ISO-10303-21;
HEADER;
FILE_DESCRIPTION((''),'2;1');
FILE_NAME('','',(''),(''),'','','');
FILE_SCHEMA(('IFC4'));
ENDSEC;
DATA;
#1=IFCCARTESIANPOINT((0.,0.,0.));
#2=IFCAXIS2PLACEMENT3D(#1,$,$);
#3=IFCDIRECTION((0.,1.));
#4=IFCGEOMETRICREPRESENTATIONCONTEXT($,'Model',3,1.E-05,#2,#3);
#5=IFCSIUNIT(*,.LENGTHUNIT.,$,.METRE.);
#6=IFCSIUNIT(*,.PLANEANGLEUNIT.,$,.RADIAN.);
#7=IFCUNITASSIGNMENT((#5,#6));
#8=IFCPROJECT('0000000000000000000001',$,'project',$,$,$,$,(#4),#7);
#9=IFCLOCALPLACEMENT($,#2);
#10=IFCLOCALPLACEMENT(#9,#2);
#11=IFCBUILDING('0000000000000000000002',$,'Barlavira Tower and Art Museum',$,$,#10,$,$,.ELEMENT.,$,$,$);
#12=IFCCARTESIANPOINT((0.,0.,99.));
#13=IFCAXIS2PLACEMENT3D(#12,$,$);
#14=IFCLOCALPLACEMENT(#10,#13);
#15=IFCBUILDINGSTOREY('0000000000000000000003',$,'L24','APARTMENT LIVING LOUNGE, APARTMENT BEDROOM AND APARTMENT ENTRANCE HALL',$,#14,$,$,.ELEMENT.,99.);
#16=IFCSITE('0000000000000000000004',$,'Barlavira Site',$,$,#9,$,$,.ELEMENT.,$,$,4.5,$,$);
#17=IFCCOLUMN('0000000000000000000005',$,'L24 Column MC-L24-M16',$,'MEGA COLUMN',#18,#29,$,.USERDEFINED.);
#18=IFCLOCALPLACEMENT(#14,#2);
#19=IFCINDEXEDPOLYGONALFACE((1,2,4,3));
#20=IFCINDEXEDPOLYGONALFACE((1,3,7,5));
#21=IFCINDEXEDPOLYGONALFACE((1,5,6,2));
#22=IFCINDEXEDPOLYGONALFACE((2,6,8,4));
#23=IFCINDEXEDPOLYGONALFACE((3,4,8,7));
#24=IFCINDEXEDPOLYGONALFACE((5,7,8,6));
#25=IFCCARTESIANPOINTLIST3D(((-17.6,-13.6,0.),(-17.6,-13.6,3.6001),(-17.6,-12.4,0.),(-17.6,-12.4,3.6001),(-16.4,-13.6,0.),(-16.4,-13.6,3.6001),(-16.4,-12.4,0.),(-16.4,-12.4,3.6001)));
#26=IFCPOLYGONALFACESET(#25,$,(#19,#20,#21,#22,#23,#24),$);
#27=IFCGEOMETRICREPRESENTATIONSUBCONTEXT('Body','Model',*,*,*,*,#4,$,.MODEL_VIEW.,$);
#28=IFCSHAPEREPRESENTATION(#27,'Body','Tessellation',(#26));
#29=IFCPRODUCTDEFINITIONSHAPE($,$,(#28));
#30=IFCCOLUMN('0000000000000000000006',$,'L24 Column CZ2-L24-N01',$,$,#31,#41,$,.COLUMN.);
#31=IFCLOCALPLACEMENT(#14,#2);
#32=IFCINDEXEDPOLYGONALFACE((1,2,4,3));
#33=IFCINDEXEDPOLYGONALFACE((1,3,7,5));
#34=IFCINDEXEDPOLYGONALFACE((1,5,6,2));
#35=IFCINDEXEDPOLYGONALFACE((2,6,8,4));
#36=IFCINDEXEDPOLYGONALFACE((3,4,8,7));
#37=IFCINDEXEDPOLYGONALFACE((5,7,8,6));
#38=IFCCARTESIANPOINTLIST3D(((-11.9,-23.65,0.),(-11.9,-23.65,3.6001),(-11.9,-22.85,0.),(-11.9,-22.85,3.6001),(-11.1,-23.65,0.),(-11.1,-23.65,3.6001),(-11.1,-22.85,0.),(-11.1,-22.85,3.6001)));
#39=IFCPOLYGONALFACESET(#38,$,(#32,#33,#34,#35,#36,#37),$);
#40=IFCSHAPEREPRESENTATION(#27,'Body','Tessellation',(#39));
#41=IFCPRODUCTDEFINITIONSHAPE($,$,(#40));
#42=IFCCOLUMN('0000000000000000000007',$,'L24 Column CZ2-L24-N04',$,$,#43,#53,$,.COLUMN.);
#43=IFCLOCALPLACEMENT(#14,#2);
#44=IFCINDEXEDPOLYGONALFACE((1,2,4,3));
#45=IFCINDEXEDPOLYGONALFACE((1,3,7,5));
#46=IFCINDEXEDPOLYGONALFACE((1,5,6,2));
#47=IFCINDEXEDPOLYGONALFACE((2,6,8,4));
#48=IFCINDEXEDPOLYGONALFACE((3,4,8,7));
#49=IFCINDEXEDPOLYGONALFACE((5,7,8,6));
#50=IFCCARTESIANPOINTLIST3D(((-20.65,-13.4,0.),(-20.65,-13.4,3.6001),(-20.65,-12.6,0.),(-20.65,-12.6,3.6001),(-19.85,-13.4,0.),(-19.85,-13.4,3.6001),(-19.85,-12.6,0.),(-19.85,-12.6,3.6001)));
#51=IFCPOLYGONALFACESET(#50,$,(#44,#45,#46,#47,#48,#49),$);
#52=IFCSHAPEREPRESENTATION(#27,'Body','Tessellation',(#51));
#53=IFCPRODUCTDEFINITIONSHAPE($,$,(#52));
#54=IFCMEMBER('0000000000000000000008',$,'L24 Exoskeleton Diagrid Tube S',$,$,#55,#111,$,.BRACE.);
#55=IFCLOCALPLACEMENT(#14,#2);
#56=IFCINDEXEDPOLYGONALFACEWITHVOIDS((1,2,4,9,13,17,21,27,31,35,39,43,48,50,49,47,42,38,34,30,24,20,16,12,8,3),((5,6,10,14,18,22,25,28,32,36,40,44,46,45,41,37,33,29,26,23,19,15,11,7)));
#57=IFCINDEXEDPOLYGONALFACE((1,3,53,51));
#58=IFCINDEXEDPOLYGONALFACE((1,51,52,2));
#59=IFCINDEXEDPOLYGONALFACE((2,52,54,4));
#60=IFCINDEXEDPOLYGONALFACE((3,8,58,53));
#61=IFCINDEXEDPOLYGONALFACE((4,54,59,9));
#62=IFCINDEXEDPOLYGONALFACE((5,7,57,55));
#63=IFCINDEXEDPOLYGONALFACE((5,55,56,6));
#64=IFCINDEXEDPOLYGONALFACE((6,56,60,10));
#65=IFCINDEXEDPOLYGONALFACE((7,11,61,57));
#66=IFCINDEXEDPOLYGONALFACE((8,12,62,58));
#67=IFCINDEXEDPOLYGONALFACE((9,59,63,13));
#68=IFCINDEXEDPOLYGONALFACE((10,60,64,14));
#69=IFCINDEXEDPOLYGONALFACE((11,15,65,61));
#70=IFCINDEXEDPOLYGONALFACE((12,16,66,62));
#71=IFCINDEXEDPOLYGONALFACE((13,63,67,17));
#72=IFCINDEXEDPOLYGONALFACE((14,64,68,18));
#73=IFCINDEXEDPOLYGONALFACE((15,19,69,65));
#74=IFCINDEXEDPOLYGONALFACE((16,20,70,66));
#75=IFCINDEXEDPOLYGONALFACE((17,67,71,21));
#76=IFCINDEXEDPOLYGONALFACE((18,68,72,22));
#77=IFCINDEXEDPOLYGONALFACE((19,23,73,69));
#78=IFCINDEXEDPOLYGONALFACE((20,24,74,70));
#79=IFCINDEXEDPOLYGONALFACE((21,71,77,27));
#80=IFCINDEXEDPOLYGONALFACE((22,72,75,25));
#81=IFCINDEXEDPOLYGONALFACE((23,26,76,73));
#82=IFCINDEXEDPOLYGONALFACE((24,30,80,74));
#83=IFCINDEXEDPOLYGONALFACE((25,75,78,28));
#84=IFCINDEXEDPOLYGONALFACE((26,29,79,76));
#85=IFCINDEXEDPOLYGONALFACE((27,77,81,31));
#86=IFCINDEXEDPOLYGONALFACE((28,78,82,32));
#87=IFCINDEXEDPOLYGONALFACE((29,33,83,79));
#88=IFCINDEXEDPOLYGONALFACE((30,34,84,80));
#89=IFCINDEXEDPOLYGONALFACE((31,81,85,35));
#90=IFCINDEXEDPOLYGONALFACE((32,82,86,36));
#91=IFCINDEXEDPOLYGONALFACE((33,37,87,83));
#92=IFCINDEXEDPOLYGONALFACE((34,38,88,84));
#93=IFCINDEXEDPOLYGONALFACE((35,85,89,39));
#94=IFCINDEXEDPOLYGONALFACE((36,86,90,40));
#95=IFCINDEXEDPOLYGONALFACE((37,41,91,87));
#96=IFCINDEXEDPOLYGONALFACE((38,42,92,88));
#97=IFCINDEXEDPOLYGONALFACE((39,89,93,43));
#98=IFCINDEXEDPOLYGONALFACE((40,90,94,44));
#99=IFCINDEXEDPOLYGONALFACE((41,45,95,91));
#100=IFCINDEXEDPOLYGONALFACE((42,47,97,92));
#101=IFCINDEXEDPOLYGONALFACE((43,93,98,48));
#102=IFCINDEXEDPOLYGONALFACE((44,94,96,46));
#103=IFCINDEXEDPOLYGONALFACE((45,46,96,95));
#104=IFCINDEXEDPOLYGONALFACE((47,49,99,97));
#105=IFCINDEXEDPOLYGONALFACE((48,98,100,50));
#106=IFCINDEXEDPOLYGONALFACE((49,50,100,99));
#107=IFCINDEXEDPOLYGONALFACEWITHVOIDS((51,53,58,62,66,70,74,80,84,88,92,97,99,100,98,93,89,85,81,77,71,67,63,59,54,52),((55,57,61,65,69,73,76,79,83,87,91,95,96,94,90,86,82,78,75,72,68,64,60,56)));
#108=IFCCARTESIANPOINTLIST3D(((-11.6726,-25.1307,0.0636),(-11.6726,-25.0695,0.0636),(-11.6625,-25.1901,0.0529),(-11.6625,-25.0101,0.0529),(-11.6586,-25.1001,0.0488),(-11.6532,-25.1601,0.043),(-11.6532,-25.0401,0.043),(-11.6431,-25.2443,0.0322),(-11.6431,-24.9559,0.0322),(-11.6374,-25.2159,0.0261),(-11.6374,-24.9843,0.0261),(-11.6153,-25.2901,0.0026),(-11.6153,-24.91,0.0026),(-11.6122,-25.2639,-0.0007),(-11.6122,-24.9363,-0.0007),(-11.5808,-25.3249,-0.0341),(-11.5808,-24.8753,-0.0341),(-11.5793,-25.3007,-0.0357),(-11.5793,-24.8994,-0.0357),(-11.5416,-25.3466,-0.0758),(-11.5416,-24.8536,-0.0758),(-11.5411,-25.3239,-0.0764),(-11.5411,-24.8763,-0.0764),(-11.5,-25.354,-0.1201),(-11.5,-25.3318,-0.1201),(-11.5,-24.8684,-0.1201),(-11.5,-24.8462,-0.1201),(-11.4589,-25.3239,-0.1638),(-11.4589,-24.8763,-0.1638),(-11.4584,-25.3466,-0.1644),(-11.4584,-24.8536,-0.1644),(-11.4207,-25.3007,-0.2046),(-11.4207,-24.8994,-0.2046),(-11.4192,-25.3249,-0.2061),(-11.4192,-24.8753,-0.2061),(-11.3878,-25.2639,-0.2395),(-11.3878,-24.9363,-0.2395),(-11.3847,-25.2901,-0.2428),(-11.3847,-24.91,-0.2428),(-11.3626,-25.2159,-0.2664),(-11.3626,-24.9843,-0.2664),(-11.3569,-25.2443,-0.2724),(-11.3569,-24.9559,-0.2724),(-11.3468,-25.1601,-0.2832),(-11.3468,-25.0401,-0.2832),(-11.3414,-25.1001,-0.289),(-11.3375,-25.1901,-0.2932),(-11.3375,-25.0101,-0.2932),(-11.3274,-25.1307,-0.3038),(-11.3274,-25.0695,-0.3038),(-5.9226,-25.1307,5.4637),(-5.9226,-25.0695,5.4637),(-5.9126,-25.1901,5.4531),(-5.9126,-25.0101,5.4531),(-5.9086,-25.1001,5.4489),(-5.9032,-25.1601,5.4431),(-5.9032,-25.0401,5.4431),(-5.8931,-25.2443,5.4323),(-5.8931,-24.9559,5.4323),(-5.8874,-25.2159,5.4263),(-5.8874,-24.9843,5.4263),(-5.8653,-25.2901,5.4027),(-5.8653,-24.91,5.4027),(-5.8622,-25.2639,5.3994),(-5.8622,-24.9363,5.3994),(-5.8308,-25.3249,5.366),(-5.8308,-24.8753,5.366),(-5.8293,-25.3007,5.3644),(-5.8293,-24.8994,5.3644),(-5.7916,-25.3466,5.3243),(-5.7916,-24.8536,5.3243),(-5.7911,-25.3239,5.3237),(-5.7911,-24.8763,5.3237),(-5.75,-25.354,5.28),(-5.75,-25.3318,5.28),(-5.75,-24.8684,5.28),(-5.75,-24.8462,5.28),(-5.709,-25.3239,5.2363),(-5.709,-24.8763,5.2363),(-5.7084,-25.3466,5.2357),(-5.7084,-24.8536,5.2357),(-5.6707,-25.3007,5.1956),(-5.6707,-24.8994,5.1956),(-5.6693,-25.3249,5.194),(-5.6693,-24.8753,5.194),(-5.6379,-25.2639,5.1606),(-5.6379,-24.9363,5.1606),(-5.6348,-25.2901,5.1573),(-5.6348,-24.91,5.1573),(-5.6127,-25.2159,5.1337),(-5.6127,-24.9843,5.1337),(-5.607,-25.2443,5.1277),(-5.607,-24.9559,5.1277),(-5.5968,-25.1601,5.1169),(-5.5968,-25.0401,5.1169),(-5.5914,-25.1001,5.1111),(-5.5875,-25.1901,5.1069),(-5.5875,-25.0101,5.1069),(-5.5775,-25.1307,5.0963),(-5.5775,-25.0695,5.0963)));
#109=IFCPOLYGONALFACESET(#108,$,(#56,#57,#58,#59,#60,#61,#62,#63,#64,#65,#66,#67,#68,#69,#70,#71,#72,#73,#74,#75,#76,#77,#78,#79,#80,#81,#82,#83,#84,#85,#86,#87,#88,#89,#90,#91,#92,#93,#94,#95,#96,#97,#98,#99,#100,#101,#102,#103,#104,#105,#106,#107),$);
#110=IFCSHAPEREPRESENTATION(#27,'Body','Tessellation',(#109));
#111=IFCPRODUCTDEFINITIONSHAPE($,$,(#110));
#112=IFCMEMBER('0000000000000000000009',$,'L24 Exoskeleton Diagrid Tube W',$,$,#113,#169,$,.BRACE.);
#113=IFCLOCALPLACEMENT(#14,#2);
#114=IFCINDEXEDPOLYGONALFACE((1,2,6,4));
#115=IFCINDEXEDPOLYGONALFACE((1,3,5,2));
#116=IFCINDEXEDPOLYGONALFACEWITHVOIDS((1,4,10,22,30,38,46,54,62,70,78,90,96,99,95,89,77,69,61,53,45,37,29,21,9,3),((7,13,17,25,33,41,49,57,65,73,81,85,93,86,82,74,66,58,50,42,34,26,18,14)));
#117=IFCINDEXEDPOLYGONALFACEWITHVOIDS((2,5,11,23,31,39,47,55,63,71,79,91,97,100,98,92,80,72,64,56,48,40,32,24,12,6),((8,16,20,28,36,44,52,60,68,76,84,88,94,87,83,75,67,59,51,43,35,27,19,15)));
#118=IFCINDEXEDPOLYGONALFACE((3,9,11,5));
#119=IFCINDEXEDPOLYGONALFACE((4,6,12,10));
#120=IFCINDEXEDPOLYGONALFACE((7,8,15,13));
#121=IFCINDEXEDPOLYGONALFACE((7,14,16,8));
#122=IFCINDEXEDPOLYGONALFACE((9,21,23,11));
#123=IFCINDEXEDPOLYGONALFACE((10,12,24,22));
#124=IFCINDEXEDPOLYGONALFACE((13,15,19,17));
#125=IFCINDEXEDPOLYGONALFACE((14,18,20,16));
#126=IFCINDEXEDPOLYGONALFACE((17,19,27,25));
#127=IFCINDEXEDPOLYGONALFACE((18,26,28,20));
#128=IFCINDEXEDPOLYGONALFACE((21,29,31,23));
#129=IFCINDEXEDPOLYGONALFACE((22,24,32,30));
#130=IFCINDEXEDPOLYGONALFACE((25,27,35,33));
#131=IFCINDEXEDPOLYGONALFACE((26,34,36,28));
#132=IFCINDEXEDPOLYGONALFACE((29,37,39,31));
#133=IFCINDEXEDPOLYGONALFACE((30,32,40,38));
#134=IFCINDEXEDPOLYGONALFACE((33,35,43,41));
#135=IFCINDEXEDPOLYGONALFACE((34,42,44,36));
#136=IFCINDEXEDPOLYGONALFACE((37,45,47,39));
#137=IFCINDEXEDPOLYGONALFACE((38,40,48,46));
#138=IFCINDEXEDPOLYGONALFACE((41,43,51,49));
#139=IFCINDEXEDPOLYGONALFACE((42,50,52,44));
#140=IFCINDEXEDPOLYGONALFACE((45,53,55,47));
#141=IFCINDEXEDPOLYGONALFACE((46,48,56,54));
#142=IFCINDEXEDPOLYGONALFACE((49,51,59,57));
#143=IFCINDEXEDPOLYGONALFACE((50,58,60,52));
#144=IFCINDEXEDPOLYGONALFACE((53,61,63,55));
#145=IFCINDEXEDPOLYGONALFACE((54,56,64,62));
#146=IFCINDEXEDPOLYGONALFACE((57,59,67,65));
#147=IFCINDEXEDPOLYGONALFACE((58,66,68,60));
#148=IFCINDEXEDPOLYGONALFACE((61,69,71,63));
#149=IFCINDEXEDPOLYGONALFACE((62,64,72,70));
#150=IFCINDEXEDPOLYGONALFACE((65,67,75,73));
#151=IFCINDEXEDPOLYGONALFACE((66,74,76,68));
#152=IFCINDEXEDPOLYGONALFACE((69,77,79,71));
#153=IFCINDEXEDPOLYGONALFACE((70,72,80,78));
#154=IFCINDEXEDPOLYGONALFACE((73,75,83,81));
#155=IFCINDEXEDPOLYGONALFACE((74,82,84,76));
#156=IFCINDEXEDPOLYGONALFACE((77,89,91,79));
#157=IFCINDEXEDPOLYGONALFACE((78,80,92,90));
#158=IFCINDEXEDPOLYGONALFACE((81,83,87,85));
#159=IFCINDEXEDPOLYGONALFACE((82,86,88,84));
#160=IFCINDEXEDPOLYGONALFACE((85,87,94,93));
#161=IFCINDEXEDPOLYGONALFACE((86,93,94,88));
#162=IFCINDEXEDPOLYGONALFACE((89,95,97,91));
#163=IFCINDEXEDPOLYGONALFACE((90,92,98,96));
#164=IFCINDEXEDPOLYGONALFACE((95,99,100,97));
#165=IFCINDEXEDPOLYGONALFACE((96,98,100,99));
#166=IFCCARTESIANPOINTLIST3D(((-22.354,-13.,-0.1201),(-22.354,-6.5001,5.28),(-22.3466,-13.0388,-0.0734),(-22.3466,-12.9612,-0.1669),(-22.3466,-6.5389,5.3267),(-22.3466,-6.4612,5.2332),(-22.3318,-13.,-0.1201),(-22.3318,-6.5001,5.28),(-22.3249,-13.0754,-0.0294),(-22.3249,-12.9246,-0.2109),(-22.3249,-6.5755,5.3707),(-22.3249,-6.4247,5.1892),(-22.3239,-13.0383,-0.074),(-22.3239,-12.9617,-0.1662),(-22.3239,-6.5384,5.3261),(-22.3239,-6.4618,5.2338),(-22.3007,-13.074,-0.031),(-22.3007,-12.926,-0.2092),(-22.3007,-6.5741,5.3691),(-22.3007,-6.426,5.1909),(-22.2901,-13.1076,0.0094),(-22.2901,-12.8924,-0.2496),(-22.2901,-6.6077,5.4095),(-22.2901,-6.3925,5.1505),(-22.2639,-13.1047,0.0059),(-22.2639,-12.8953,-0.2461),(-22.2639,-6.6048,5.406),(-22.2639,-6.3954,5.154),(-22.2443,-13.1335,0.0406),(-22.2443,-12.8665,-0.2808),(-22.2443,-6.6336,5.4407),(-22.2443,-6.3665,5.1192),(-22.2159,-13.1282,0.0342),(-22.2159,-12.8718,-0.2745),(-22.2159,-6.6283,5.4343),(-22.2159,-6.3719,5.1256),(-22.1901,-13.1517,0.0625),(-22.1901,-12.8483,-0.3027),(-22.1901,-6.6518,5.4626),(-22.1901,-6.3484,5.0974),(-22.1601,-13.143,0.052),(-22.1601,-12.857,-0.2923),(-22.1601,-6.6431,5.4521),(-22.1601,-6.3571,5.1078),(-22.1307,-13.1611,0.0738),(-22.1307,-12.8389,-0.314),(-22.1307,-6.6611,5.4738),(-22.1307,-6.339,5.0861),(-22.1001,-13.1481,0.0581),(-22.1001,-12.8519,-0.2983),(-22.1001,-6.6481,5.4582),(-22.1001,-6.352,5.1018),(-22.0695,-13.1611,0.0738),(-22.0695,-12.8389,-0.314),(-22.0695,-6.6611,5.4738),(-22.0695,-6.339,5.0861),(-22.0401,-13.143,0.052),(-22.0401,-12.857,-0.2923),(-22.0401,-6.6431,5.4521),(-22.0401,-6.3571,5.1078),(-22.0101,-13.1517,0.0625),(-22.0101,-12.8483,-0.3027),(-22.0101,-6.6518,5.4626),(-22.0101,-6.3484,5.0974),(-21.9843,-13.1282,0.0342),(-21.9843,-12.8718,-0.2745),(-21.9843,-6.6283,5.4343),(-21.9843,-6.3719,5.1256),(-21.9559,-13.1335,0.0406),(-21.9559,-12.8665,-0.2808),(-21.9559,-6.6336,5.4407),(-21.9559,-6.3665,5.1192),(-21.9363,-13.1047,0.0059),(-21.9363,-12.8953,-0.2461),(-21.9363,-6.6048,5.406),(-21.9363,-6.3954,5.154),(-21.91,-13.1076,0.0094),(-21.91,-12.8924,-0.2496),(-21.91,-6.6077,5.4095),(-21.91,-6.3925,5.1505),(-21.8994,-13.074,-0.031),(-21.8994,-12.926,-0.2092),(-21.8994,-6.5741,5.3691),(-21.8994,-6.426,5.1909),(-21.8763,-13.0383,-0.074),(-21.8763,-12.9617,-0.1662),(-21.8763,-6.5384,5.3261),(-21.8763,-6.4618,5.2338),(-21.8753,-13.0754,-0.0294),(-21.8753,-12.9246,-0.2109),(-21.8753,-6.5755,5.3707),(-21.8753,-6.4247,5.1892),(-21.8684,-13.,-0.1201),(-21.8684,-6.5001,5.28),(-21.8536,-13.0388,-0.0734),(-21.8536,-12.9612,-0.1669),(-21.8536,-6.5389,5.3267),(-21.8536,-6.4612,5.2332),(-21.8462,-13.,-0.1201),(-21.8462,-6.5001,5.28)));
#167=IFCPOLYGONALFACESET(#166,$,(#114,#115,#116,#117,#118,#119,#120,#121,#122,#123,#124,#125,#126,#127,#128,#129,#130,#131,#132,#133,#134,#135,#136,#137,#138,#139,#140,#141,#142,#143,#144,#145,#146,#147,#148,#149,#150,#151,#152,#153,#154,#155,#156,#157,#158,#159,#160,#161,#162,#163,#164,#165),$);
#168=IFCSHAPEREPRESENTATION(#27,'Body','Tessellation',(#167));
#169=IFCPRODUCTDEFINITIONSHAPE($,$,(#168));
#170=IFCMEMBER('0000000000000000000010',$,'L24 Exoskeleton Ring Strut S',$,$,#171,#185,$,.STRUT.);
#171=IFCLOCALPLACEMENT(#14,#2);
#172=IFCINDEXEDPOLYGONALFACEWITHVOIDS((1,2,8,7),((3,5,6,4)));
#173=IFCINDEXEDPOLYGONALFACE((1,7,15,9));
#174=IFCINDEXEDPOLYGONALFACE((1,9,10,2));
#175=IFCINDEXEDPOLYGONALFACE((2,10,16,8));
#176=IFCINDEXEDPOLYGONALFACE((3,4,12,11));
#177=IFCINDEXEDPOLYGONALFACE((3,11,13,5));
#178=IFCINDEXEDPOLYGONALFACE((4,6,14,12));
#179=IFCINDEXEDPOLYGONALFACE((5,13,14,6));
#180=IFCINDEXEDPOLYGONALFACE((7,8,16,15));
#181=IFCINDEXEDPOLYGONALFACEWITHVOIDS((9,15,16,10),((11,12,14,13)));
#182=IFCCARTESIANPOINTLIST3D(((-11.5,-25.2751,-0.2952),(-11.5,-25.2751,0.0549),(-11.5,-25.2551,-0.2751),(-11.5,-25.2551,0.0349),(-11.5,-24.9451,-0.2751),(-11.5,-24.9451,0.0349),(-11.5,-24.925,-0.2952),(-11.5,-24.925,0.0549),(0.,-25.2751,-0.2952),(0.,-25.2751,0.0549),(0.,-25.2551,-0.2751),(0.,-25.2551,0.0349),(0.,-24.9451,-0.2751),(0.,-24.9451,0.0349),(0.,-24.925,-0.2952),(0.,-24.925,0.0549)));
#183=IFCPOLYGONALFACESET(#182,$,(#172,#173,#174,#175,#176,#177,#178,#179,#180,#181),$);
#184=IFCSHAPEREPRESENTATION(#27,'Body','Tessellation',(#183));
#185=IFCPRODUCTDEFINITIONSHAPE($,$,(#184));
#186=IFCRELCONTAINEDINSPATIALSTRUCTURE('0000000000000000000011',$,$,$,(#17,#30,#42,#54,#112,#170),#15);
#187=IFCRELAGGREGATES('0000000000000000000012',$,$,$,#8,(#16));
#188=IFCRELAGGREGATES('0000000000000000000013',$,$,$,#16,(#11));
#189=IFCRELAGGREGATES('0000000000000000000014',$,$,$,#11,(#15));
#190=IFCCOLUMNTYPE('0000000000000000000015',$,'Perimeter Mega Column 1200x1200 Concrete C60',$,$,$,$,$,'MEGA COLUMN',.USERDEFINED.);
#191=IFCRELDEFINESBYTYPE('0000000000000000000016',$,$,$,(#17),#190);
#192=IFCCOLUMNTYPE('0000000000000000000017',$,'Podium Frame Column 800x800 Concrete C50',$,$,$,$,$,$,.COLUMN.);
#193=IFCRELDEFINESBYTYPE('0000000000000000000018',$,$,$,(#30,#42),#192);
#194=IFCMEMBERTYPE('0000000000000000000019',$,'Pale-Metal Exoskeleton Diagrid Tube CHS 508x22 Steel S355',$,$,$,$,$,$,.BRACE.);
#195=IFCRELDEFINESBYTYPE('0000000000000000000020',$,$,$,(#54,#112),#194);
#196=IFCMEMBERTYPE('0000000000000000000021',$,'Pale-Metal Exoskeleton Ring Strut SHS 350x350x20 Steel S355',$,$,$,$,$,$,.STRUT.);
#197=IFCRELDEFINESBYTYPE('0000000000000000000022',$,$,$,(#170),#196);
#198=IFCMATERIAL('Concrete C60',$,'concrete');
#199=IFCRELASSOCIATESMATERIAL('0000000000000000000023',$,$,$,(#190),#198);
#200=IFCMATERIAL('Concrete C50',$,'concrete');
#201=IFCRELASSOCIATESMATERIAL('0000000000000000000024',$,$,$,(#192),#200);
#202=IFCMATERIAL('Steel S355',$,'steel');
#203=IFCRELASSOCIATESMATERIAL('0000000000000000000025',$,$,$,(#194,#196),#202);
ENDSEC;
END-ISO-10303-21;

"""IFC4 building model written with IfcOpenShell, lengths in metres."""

from ifc_helpers import new_model, si_unit, direction, frame, origin, origin_2d, place, context, subcontext, project, spatial, rectangle, hollow_rectangle, hollow_circle, extrude, material, material_profile, profile_set, type_object, element, save


model = new_model("IFC4")

# Units and contexts
model_context = context("Model", 3, precision=1e-05, world=origin(), true_north=direction((0.0, 1.0)))
body_context = subcontext(model_context, "Body", "Model", "MODEL_VIEW")
ifc_project = project(units=[si_unit("LENGTHUNIT", "METRE"), si_unit("PLANEANGLEUNIT", "RADIAN")], contexts=[model_context])

# Site, building, storey
site_placement = place(None, origin())
site = spatial("IfcSite", under=ifc_project, at=site_placement, Name="Barlavira Site", CompositionType="ELEMENT", RefElevation=4.5)
building_placement = place(site_placement, origin())
building = spatial("IfcBuilding", under=site, at=building_placement, Name="Barlavira Tower and Art Museum", CompositionType="ELEMENT")
storey_placement = place(building_placement, frame((0.0, 0.0, 99.0)))
storey = spatial("IfcBuildingStorey", under=building, at=storey_placement, Name="L24", Description="APARTMENT LIVING LOUNGE, APARTMENT BEDROOM AND APARTMENT ENTRANCE HALL", CompositionType="ELEMENT", Elevation=99.0)

# Columns
ifc_material_1 = material(Name="Concrete C60", Category="concrete")
ifc_material_profile_1 = material_profile(ifc_material_1, rectangle(XDim=1.2, YDim=1.2, at=origin_2d()), Name="RC-COL 1200x1200")
ifc_profile_set_1 = profile_set([ifc_material_profile_1], Name="Concrete C60")
column_type_1 = type_object("IfcColumnType", Name="Perimeter Mega Column 1200x1200 Concrete C60", ElementType="MEGA COLUMN", PredefinedType="USERDEFINED", material=ifc_profile_set_1)
column_placement = place(storey_placement, frame((-17.0, -13.0, 0.0), z_axis=(0.0, 0.0, 1.0), x_axis=(1.0, 0.0, 0.0)))
element("IfcColumn", 1, at=column_placement, inside=storey, type_object=column_type_1, Name="L24 Column MC-L24-M16", ObjectType="MEGA COLUMN", PredefinedType="USERDEFINED", context=body_context, shape_type="SweptSolid", body=[
    extrude(rectangle(XDim=1.2, YDim=1.2, at=origin_2d()), origin(), (0.0, 0.0, 1.0), 3.6001),
])
ifc_material_2 = material(Name="Concrete C50", Category="concrete")
ifc_material_profile_2 = material_profile(ifc_material_2, rectangle(XDim=0.8, YDim=0.8, at=origin_2d()), Name="RC-COL 800x800")
ifc_profile_set_2 = profile_set([ifc_material_profile_2], Name="Concrete C50")
column_type_2 = type_object("IfcColumnType", Name="Podium Frame Column 800x800 Concrete C50", PredefinedType="COLUMN", material=ifc_profile_set_2)
for number, where, z_axis, x_axis, name in (
    (2, (-11.5, -23.25, 0.0), (0.0, 0.0, 1.0), (1.0, 0.0, 0.0), "L24 Column CZ2-L24-N01"),
    (3, (-20.25, -13.0, 0.0), (0.0, 0.0, 1.0), (1.0, 0.0, 0.0), "L24 Column CZ2-L24-N04"),
):
    element("IfcColumn", number, at=place(storey_placement, frame(where, z_axis=z_axis, x_axis=x_axis)), inside=storey, type_object=column_type_2, Name=name, PredefinedType="COLUMN", context=body_context, shape_type="SweptSolid", body=[
        extrude(rectangle(XDim=0.8, YDim=0.8, at=origin_2d()), origin(), (0.0, 0.0, 1.0), 3.6001),
    ])

# Members
ifc_material_3 = material(Name="Steel S355", Category="steel")
ifc_material_profile_3 = material_profile(ifc_material_3, hollow_circle(Radius=0.2539, WallThickness=0.0222, at=origin_2d()), Name="CHS 508.0x22.2")
ifc_profile_set_3 = profile_set([ifc_material_profile_3], Name="Steel S355")
member_type_1 = type_object("IfcMemberType", Name="Pale-Metal Exoskeleton Diagrid Tube CHS 508x22 Steel S355", PredefinedType="BRACE", material=ifc_profile_set_3)
member_1_placement = place(storey_placement, frame((-11.5, -25.1001, -0.1201), z_axis=(0.728935, 0.0, 0.684583), x_axis=(0.0, 1.0, 0.0)))
element("IfcMember", 4, at=member_1_placement, inside=storey, type_object=member_type_1, Name="L24 Exoskeleton Diagrid Tube S", PredefinedType="BRACE", context=body_context, shape_type="SweptSolid", body=[
    extrude(hollow_circle(Radius=0.2539, WallThickness=0.0222, at=origin_2d()), origin(), (0.0, 0.0, 1.0), 7.8882),
])
member_2_placement = place(storey_placement, frame((-22.1001, -13.0, -0.1201), z_axis=(0.0, 0.769182, 0.63903), x_axis=(-1.0, 0.0, 0.0)))
element("IfcMember", 5, at=member_2_placement, inside=storey, type_object=member_type_1, Name="L24 Exoskeleton Diagrid Tube W", PredefinedType="BRACE", context=body_context, shape_type="SweptSolid", body=[
    extrude(hollow_circle(Radius=0.2539, WallThickness=0.0222, at=origin_2d()), origin(), (0.0, 0.0, 1.0), 8.4504),
])
ifc_material_profile_4 = material_profile(ifc_material_3, hollow_rectangle(XDim=0.3501, YDim=0.3501, WallThickness=0.02, at=origin_2d()), Name="SHS 350x350x20.0")
ifc_profile_set_4 = profile_set([ifc_material_profile_4], Name="Steel S355")
member_type_2 = type_object("IfcMemberType", Name="Pale-Metal Exoskeleton Ring Strut SHS 350x350x20 Steel S355", PredefinedType="STRUT", material=ifc_profile_set_4)
member_3_placement = place(storey_placement, frame((-11.5, -25.1001, -0.1201), z_axis=(1.0, 0.0, 0.0), x_axis=(0.0, 1.0, 0.0)))
element("IfcMember", 6, at=member_3_placement, inside=storey, type_object=member_type_2, Name="L24 Exoskeleton Ring Strut S", PredefinedType="STRUT", context=body_context, shape_type="SweptSolid", body=[
    extrude(hollow_rectangle(XDim=0.3501, YDim=0.3501, WallThickness=0.02, at=origin_2d()), origin(), (0.0, 0.0, 1.0), 11.5),
])

save(model, "model.ifc")
